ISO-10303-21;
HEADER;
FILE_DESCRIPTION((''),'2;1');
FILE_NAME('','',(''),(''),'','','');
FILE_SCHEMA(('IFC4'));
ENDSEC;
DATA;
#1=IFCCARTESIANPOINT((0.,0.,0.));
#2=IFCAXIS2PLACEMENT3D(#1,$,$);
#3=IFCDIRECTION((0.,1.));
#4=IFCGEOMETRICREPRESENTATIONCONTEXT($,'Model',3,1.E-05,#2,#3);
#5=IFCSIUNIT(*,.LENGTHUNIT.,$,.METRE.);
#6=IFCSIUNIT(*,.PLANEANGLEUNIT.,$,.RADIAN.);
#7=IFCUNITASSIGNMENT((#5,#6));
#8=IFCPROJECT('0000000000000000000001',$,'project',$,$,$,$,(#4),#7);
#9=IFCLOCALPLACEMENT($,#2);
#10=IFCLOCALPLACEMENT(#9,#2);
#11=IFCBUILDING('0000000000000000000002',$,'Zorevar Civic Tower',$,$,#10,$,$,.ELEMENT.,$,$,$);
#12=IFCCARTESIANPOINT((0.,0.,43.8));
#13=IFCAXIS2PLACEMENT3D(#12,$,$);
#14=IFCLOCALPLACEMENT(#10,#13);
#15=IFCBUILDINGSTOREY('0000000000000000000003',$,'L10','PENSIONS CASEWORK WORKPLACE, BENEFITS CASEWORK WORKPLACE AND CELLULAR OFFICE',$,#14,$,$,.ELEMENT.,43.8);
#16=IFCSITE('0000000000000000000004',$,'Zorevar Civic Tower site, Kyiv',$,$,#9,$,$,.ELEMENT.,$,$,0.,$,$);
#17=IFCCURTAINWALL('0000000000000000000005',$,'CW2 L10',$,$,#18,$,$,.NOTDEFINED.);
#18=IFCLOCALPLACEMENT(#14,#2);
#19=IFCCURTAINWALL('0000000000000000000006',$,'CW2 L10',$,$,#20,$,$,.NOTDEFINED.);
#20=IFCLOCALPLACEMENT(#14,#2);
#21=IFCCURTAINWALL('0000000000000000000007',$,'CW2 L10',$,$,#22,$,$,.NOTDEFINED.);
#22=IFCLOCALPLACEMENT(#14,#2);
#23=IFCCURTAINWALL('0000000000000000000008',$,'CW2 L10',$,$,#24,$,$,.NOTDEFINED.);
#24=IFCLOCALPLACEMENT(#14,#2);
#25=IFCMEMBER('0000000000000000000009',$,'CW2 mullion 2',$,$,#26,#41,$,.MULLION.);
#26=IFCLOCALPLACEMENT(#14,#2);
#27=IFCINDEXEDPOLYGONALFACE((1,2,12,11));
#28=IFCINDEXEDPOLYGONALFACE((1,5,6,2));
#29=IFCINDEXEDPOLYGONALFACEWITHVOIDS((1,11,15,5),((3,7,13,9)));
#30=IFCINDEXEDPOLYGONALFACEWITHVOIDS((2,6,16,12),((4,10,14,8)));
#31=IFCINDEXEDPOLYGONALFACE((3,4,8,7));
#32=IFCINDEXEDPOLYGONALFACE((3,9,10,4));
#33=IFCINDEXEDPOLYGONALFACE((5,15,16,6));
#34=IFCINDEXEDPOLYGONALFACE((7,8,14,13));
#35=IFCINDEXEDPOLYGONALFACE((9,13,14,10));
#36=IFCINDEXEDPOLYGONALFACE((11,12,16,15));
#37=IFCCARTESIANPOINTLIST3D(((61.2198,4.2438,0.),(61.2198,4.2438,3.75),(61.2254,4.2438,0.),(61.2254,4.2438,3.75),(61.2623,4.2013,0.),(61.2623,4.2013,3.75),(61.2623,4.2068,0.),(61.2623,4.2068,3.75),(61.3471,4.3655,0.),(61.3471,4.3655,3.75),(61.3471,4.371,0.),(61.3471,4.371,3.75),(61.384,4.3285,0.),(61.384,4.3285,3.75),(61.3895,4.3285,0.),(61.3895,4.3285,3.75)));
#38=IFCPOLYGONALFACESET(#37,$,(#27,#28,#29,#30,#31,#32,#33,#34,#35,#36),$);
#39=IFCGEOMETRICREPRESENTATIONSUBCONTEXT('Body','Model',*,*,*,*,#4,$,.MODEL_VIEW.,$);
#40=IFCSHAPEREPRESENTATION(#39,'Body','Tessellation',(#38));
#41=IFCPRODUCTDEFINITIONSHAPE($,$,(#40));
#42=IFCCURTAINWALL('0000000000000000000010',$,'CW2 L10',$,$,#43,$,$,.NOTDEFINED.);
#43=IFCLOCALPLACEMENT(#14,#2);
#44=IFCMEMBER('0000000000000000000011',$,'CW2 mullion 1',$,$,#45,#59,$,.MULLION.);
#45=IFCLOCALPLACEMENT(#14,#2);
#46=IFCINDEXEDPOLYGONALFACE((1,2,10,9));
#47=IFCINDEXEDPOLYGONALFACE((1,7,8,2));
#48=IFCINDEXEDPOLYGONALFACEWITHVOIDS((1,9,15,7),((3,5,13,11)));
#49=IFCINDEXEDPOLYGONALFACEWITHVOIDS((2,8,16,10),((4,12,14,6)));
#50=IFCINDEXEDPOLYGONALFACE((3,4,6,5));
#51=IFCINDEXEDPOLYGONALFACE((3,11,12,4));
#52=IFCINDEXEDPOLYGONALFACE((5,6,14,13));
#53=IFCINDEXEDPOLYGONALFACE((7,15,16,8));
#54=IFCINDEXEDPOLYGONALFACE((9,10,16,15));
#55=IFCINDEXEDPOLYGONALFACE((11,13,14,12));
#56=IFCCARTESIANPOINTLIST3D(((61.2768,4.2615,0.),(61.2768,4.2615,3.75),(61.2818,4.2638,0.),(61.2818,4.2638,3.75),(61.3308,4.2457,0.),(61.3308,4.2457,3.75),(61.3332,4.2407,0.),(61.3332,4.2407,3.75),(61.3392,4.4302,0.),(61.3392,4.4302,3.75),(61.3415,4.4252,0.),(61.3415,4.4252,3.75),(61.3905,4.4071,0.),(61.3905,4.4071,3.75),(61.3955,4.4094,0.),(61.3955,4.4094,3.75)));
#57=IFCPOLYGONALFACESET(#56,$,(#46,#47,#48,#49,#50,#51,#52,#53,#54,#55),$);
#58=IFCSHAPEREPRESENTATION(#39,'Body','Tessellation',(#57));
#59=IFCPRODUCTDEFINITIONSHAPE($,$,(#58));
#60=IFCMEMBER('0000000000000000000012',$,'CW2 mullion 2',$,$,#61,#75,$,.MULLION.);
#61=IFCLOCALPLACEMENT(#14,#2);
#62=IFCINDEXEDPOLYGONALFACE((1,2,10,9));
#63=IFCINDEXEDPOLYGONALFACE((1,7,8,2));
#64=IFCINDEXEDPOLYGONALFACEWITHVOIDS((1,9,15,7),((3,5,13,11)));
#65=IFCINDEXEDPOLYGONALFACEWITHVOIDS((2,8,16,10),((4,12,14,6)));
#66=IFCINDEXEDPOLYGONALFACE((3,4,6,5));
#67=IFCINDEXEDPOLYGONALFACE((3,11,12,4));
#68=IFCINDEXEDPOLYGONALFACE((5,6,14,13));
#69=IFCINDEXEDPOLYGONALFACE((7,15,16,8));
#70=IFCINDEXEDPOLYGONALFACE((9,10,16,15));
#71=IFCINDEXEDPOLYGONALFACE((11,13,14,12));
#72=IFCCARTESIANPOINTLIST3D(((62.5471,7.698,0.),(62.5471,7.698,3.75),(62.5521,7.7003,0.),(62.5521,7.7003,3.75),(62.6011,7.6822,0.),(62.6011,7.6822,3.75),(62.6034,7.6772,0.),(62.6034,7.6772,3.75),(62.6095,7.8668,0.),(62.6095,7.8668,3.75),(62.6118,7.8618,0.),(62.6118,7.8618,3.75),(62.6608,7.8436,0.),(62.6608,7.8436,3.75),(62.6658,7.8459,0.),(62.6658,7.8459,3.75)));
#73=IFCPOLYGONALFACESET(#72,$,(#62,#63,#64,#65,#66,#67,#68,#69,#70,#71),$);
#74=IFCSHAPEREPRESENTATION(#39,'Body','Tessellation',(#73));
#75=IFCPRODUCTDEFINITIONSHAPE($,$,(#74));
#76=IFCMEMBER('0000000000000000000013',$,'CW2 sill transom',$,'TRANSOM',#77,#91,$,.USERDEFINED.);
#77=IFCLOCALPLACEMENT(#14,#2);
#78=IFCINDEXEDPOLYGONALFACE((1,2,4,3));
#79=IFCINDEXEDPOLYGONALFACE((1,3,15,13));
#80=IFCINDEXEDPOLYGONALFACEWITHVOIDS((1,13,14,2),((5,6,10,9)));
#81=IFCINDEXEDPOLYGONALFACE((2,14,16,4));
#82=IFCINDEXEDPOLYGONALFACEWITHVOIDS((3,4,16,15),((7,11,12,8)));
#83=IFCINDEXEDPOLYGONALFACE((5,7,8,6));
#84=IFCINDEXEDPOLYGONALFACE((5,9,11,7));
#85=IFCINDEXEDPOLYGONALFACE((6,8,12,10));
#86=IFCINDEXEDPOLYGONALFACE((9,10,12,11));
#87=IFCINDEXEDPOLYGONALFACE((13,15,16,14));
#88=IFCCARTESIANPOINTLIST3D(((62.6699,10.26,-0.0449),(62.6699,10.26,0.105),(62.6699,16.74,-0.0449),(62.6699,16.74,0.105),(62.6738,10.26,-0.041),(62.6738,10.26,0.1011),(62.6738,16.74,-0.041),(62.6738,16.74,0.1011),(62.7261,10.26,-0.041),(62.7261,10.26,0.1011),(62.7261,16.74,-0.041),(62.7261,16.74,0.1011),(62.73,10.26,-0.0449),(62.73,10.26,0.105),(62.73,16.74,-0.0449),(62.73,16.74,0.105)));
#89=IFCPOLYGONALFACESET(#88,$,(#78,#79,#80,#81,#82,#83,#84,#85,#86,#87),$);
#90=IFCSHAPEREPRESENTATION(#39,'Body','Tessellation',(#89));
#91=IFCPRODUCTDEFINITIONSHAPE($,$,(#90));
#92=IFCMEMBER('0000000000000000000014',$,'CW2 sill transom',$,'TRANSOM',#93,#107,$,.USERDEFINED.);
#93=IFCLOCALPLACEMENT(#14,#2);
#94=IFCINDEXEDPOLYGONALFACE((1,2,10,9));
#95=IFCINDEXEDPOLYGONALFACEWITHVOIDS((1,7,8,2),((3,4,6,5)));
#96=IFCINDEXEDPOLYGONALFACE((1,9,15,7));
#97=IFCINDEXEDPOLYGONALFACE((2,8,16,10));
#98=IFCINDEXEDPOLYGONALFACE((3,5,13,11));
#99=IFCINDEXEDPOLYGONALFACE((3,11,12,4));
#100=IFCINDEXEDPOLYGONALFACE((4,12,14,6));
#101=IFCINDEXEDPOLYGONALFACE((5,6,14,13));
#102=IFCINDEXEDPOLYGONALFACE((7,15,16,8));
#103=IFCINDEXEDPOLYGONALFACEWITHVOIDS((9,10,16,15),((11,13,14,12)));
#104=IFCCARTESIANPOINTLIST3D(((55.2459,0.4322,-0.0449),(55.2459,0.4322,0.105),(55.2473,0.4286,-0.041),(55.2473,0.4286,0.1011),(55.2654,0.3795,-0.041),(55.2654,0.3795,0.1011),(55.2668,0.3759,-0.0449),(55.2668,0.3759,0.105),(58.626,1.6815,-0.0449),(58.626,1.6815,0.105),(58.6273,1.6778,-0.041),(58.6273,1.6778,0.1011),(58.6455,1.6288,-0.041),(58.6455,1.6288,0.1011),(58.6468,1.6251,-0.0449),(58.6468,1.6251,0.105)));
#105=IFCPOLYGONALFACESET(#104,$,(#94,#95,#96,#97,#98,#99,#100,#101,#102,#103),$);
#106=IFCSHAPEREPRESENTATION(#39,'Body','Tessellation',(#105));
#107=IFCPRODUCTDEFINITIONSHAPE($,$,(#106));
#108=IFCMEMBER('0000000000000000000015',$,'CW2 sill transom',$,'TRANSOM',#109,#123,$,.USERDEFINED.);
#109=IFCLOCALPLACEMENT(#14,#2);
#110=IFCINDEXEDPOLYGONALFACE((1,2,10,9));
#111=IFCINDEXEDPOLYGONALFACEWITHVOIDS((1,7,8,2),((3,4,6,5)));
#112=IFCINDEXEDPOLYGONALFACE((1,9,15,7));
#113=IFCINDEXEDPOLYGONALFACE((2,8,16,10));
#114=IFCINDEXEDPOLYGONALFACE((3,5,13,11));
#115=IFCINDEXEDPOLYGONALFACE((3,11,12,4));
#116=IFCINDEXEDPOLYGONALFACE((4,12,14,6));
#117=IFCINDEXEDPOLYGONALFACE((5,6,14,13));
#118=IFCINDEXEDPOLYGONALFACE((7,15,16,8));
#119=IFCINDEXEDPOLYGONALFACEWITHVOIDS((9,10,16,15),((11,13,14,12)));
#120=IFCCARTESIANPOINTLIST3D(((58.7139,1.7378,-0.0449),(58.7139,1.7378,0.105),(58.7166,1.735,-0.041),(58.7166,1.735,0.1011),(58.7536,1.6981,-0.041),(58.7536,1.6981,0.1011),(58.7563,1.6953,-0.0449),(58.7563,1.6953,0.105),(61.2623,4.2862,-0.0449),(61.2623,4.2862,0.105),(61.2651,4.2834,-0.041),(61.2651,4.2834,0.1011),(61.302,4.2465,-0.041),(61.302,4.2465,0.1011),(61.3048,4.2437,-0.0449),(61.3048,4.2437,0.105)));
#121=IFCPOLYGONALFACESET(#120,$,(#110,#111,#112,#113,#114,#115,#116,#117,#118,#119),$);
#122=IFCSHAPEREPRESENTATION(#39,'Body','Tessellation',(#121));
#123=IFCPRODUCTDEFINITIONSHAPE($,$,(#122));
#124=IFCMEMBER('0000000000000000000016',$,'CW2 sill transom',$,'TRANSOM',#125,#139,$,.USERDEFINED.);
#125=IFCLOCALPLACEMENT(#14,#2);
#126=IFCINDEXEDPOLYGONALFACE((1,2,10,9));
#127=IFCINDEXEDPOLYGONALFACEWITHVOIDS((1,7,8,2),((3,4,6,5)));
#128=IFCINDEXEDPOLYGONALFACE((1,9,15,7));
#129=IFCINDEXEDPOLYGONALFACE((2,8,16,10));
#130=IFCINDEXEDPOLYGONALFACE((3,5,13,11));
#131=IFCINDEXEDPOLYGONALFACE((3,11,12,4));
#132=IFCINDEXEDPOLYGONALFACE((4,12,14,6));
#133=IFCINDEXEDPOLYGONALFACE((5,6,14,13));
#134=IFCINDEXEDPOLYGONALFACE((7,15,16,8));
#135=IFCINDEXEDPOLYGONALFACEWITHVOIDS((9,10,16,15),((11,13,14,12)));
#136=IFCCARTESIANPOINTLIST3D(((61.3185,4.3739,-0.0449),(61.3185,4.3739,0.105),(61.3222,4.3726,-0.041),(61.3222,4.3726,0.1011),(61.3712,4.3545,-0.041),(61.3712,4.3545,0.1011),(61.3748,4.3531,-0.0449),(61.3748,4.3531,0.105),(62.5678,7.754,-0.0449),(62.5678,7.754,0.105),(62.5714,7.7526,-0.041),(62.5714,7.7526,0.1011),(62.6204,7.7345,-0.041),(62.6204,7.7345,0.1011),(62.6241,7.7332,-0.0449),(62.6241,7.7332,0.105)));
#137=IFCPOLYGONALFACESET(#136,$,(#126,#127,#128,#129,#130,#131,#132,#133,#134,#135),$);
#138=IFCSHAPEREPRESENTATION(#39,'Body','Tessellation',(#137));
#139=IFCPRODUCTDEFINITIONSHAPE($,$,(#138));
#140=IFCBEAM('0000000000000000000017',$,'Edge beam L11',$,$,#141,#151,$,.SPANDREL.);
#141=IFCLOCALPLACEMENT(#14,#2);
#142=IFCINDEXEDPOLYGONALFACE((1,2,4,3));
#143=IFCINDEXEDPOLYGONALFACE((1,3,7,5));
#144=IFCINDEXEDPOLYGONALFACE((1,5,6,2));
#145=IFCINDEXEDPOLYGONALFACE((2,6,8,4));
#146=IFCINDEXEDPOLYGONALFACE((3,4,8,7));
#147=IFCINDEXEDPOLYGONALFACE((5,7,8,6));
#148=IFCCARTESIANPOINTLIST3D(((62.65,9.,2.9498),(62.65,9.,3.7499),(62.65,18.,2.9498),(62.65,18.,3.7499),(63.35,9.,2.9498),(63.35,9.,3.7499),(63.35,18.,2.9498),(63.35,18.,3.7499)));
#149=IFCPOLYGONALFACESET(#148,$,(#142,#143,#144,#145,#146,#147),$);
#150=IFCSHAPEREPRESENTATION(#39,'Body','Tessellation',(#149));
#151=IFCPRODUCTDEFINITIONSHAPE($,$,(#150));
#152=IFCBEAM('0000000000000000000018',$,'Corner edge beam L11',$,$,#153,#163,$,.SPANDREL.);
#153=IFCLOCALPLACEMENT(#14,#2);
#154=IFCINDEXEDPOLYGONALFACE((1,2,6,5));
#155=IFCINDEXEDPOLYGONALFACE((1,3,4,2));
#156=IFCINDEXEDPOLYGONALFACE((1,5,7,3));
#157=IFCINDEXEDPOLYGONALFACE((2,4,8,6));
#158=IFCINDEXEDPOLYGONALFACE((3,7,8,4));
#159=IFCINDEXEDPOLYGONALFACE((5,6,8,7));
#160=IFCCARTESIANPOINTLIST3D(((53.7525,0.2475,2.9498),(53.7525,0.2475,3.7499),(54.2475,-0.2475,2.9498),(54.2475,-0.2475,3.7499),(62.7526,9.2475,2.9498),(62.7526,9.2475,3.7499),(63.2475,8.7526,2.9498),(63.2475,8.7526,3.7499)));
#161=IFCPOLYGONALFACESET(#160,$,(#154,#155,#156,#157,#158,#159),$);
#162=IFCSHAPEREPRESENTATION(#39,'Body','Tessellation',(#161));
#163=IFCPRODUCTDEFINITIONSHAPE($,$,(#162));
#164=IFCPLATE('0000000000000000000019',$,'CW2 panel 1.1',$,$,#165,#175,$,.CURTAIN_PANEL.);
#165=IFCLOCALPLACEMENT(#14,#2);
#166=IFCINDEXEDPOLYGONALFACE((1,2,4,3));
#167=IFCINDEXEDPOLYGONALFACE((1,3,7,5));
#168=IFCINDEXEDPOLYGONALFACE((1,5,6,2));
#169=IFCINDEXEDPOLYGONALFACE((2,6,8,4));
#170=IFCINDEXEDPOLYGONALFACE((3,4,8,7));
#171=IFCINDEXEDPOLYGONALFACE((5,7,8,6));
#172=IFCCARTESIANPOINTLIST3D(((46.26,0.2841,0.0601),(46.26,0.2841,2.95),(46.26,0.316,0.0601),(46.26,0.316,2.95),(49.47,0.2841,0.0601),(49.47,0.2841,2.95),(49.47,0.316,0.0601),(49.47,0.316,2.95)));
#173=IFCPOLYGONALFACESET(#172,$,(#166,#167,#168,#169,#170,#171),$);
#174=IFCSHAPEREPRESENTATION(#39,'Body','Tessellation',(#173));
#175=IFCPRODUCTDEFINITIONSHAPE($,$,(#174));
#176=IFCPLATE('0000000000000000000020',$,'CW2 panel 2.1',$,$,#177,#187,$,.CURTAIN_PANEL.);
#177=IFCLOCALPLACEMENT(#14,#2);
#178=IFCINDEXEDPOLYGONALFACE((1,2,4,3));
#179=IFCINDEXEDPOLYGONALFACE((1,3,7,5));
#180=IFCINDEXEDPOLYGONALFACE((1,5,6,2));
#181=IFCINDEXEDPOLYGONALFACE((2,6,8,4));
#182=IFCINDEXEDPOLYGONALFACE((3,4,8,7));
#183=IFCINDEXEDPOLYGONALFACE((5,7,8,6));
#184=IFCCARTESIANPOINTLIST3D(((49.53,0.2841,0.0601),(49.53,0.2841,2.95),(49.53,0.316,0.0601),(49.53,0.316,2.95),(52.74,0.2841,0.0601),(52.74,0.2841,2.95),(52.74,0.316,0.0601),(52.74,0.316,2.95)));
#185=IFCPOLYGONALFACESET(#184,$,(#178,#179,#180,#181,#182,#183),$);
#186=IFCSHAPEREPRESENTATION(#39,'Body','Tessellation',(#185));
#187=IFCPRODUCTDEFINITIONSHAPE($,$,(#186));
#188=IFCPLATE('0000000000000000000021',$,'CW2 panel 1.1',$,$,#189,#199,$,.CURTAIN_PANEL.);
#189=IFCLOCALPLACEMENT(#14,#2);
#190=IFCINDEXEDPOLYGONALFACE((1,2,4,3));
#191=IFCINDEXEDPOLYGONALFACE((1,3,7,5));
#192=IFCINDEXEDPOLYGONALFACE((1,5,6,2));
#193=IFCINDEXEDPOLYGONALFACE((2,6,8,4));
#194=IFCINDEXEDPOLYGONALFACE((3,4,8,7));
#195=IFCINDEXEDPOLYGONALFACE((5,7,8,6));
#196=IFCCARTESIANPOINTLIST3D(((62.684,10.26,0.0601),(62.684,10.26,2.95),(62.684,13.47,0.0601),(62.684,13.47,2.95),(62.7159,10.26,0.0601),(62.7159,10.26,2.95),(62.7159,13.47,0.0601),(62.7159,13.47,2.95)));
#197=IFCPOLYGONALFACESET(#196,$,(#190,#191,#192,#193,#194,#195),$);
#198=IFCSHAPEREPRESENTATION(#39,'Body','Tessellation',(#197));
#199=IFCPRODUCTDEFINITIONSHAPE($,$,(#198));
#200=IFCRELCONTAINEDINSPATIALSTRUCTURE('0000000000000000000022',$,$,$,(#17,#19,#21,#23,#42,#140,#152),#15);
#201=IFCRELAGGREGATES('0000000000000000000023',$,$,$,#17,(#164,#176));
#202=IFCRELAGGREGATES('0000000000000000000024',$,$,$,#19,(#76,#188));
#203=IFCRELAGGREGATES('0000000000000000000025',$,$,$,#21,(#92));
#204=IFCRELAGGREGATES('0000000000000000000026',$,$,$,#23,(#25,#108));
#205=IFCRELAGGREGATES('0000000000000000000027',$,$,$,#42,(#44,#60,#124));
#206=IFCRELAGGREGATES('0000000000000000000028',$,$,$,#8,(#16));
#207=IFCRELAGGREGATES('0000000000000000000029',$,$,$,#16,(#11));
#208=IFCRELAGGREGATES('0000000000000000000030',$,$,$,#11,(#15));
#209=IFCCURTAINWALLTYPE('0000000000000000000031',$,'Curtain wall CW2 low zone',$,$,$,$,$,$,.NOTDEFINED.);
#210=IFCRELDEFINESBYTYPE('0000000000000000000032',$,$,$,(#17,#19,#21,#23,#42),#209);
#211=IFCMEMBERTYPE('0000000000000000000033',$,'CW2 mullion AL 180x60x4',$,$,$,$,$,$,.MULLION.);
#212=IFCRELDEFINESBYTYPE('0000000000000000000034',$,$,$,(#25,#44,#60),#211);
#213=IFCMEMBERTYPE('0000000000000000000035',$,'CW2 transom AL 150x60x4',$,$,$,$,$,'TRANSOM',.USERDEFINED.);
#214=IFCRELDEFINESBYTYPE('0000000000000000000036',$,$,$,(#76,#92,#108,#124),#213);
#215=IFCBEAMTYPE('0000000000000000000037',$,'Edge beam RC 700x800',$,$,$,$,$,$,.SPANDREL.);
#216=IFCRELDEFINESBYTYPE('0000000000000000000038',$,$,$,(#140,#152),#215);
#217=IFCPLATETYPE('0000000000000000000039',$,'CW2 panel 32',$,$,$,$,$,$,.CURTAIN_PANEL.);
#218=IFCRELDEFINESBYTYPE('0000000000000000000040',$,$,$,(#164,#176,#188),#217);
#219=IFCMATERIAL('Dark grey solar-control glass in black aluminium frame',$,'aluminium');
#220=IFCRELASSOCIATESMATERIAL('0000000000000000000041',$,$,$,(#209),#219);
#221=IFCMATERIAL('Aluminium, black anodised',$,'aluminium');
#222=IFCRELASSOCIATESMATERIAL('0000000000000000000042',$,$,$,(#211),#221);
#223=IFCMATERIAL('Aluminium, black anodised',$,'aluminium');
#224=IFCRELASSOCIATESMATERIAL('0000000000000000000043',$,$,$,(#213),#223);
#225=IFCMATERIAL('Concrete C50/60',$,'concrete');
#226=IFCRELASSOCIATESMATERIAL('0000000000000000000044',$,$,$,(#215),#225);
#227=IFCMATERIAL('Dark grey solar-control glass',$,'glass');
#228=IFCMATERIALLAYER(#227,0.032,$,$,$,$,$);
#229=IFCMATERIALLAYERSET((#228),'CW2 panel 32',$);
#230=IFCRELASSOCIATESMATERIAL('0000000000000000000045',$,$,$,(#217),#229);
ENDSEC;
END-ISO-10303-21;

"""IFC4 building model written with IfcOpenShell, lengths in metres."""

from ifc_helpers import new_model, si_unit, direction, frame, origin, origin_2d, place, context, subcontext, project, spatial, rectangle, hollow_rectangle, extrude, material, layer, layer_set, material_profile, profile_set, type_object, element, aggregate, save


model = new_model("IFC4")

# Units and contexts
model_context = context("Model", 3, precision=1e-05, world=origin(), true_north=direction((0.0, 1.0)))
body_context = subcontext(model_context, "Body", "Model", "MODEL_VIEW")
ifc_project = project(units=[si_unit("LENGTHUNIT", "METRE"), si_unit("PLANEANGLEUNIT", "RADIAN")], contexts=[model_context])

# Site, building, storey
site_placement = place(None, origin())
site = spatial("IfcSite", under=ifc_project, at=site_placement, Name="Zorevar Civic Tower site, Kyiv", CompositionType="ELEMENT", RefElevation=0.0)
building_placement = place(site_placement, origin())
building = spatial("IfcBuilding", under=site, at=building_placement, Name="Zorevar Civic Tower", CompositionType="ELEMENT")
storey_placement = place(building_placement, frame((0.0, 0.0, 43.8)))
storey = spatial("IfcBuildingStorey", under=building, at=storey_placement, Name="L10", Description="PENSIONS CASEWORK WORKPLACE, BENEFITS CASEWORK WORKPLACE AND CELLULAR OFFICE", CompositionType="ELEMENT", Elevation=43.8)

# Curtain wall
ifc_material_1 = material(Name="Dark grey solar-control glass in black aluminium frame", Category="aluminium")
curtain_wall_type = type_object("IfcCurtainWallType", Name="Curtain wall CW2 low zone", PredefinedType="NOTDEFINED", material=ifc_material_1)
curtain_wall_1_placement = place(storey_placement, origin())
curtain_wall_1 = element("IfcCurtainWall", 1, at=curtain_wall_1_placement, inside=storey, type_object=curtain_wall_type, Name="CW2 L10", PredefinedType="NOTDEFINED")
ifc_material_2 = material(Name="Aluminium, black anodised", Category="aluminium")
ifc_material_profile_1 = material_profile(ifc_material_2, hollow_rectangle(XDim=0.0601, YDim=0.1799, WallThickness=0.0039, at=origin_2d()), Name="AL 180x60x4")
ifc_profile_set_1 = profile_set([ifc_material_profile_1], Name="Aluminium, black anodised")
member_type_1 = type_object("IfcMemberType", Name="CW2 mullion AL 180x60x4", PredefinedType="MULLION", material=ifc_profile_set_1)

# Curtain wall
curtain_wall_2_placement = place(storey_placement, origin())
curtain_wall_2 = element("IfcCurtainWall", 2, at=curtain_wall_2_placement, inside=storey, type_object=curtain_wall_type, Name="CW2 L10", PredefinedType="NOTDEFINED")

# Curtain walls, members
curtain_wall_3_placement = place(storey_placement, origin())
curtain_wall_3 = element("IfcCurtainWall", 3, at=curtain_wall_3_placement, inside=storey, type_object=curtain_wall_type, Name="CW2 L10", PredefinedType="NOTDEFINED")
curtain_wall_4_placement = place(storey_placement, origin())
curtain_wall_4 = element("IfcCurtainWall", 4, at=curtain_wall_4_placement, inside=storey, type_object=curtain_wall_type, Name="CW2 L10", PredefinedType="NOTDEFINED")
member_1_placement = place(storey_placement, frame((61.3047, 4.2861, 0.0), z_axis=(0.0, 0.0, 1.0), x_axis=(-0.707107, 0.707107, 0.0)))
member_1 = element("IfcMember", 5, at=member_1_placement, type_object=member_type_1, Name="CW2 mullion 2", PredefinedType="MULLION", context=body_context, shape_type="SweptSolid", body=[
    extrude(hollow_rectangle(XDim=0.0601, YDim=0.1799, WallThickness=0.0039, at=origin_2d()), origin(), (0.0, 0.0, 1.0), 3.75),
])
curtain_wall_5_placement = place(storey_placement, origin())
curtain_wall_5 = element("IfcCurtainWall", 6, at=curtain_wall_5_placement, inside=storey, type_object=curtain_wall_type, Name="CW2 L10", PredefinedType="NOTDEFINED")
member_2_placement = place(storey_placement, frame((61.3362, 4.3354, 0.0), z_axis=(0.0, 0.0, 1.0), x_axis=(-0.937975, 0.346704, 0.0)))
member_2 = element("IfcMember", 7, at=member_2_placement, type_object=member_type_1, Name="CW2 mullion 1", PredefinedType="MULLION", context=body_context, shape_type="SweptSolid", body=[
    extrude(hollow_rectangle(XDim=0.0601, YDim=0.1799, WallThickness=0.0039, at=origin_2d()), origin(), (0.0, 0.0, 1.0), 3.75),
])
member_3_placement = place(storey_placement, frame((62.6064, 7.772, 0.0), z_axis=(0.0, 0.0, 1.0), x_axis=(-0.937975, 0.346704, 0.0)))
member_3 = element("IfcMember", 8, at=member_3_placement, type_object=member_type_1, Name="CW2 mullion 2", PredefinedType="MULLION", context=body_context, shape_type="SweptSolid", body=[
    extrude(hollow_rectangle(XDim=0.0601, YDim=0.1799, WallThickness=0.0039, at=origin_2d()), origin(), (0.0, 0.0, 1.0), 3.75),
])

# Members
ifc_material_3 = material(Name="Aluminium, black anodised", Category="aluminium")
ifc_material_profile_2 = material_profile(ifc_material_3, hollow_rectangle(XDim=0.0601, YDim=0.1499, WallThickness=0.0039, at=origin_2d()), Name="AL 150x60x4")
ifc_profile_set_2 = profile_set([ifc_material_profile_2], Name="Aluminium, black anodised")
member_type_2 = type_object("IfcMemberType", Name="CW2 transom AL 150x60x4", ElementType="TRANSOM", PredefinedType="USERDEFINED", material=ifc_profile_set_2)
member_4_placement = place(storey_placement, frame((62.7, 10.26, 0.03), z_axis=(0.0, 1.0, 0.0), x_axis=(-1.0, 0.0, 0.0)))
member_4 = element("IfcMember", 9, at=member_4_placement, type_object=member_type_2, Name="CW2 sill transom", ObjectType="TRANSOM", PredefinedType="USERDEFINED", context=body_context, shape_type="SweptSolid", body=[
    extrude(hollow_rectangle(XDim=0.0601, YDim=0.1499, WallThickness=0.0039, at=origin_2d()), origin(), (0.0, 0.0, 1.0), 6.48),
])
member_5_placement = place(storey_placement, frame((55.2563, 0.4041, 0.03), z_axis=(0.937986, 0.346672, 0.0), x_axis=(-0.346672, 0.937986, 0.0)))
member_5 = element("IfcMember", 10, at=member_5_placement, type_object=member_type_2, Name="CW2 sill transom", ObjectType="TRANSOM", PredefinedType="USERDEFINED", context=body_context, shape_type="SweptSolid", body=[
    extrude(hollow_rectangle(XDim=0.0601, YDim=0.1499, WallThickness=0.0039, at=origin_2d()), origin(), (0.0, 0.0, 1.0), 3.6035),
])
member_6_placement = place(storey_placement, frame((58.7351, 1.7166, 0.03), z_axis=(0.707107, 0.707107, 0.0), x_axis=(-0.707107, 0.707107, 0.0)))
member_6 = element("IfcMember", 11, at=member_6_placement, type_object=member_type_2, Name="CW2 sill transom", ObjectType="TRANSOM", PredefinedType="USERDEFINED", context=body_context, shape_type="SweptSolid", body=[
    extrude(hollow_rectangle(XDim=0.0601, YDim=0.1499, WallThickness=0.0039, at=origin_2d()), origin(), (0.0, 0.0, 1.0), 3.604),
])
member_7_placement = place(storey_placement, frame((61.3467, 4.3635, 0.03), z_axis=(0.346672, 0.937986, 0.0), x_axis=(-0.937986, 0.346672, 0.0)))
member_7 = element("IfcMember", 12, at=member_7_placement, type_object=member_type_2, Name="CW2 sill transom", ObjectType="TRANSOM", PredefinedType="USERDEFINED", context=body_context, shape_type="SweptSolid", body=[
    extrude(hollow_rectangle(XDim=0.0601, YDim=0.1499, WallThickness=0.0039, at=origin_2d()), origin(), (0.0, 0.0, 1.0), 3.6035),
])

# Beams
ifc_material_4 = material(Name="Concrete C50/60", Category="concrete")
ifc_material_profile_3 = material_profile(ifc_material_4, rectangle(XDim=0.7, YDim=0.8, at=origin_2d()), Name="RC 700x800")
ifc_profile_set_3 = profile_set([ifc_material_profile_3], Name="Concrete C50/60")
beam_type_1 = type_object("IfcBeamType", Name="Edge beam RC 700x800", PredefinedType="SPANDREL", material=ifc_profile_set_3)
beam_1_placement = place(storey_placement, frame((63.0, 9.0, 3.3499), z_axis=(0.0, 1.0, 0.0), x_axis=(-1.0, 0.0, 0.0)))
element("IfcBeam", 13, at=beam_1_placement, inside=storey, type_object=beam_type_1, Name="Edge beam L11", PredefinedType="SPANDREL", context=body_context, shape_type="SweptSolid", body=[
    extrude(rectangle(XDim=0.7, YDim=0.8, at=origin_2d()), origin(), (0.0, 0.0, 1.0), 9.0),
])
beam_2_placement = place(storey_placement, frame((54.0, 0.0, 3.3499), z_axis=(0.707107, 0.707107, 0.0), x_axis=(-0.707107, 0.707107, 0.0)))
element("IfcBeam", 14, at=beam_2_placement, inside=storey, type_object=beam_type_1, Name="Corner edge beam L11", PredefinedType="SPANDREL", context=body_context, shape_type="SweptSolid", body=[
    extrude(rectangle(XDim=0.7, YDim=0.8, at=origin_2d()), origin(), (0.0, 0.0, 1.0), 12.728),
])

# Plates
ifc_material_5 = material(Name="Dark grey solar-control glass", Category="glass")
ifc_layer_1 = layer(ifc_material_5, 0.032)
ifc_layer_set_1 = layer_set([ifc_layer_1], Name="CW2 panel 32")
plate_type = type_object("IfcPlateType", Name="CW2 panel 32", PredefinedType="CURTAIN_PANEL", material=ifc_layer_set_1)
plate_1_placement = place(storey_placement, frame((47.865, 0.3, 0.0601), z_axis=(0.0, 0.0, 1.0), x_axis=(1.0, 0.0, 0.0)))
plate_1 = element("IfcPlate", 15, at=plate_1_placement, type_object=plate_type, Name="CW2 panel 1.1", PredefinedType="CURTAIN_PANEL", context=body_context, shape_type="SweptSolid", body=[
    extrude(rectangle(XDim=3.21, YDim=0.032, at=origin_2d()), origin(), (0.0, 0.0, 1.0), 2.8899),
])
plate_2_placement = place(storey_placement, frame((51.135, 0.3, 0.0601), z_axis=(0.0, 0.0, 1.0), x_axis=(1.0, 0.0, 0.0)))
plate_2 = element("IfcPlate", 16, at=plate_2_placement, type_object=plate_type, Name="CW2 panel 2.1", PredefinedType="CURTAIN_PANEL", context=body_context, shape_type="SweptSolid", body=[
    extrude(rectangle(XDim=3.21, YDim=0.032, at=origin_2d()), origin(), (0.0, 0.0, 1.0), 2.8899),
])
aggregate(curtain_wall_1, [plate_1, plate_2])
plate_3_placement = place(storey_placement, frame((62.7, 11.865, 0.0601), z_axis=(0.0, 0.0, 1.0), x_axis=(0.0, 1.0, 0.0)))
plate_3 = element("IfcPlate", 17, at=plate_3_placement, type_object=plate_type, Name="CW2 panel 1.1", PredefinedType="CURTAIN_PANEL", context=body_context, shape_type="SweptSolid", body=[
    extrude(rectangle(XDim=3.21, YDim=0.032, at=origin_2d()), origin(), (0.0, 0.0, 1.0), 2.8899),
])
aggregate(curtain_wall_2, [member_4, plate_3])
aggregate(curtain_wall_3, [member_5])
aggregate(curtain_wall_4, [member_1, member_6])
aggregate(curtain_wall_5, [member_2, member_3, member_7])

save(model, "model.ifc")
